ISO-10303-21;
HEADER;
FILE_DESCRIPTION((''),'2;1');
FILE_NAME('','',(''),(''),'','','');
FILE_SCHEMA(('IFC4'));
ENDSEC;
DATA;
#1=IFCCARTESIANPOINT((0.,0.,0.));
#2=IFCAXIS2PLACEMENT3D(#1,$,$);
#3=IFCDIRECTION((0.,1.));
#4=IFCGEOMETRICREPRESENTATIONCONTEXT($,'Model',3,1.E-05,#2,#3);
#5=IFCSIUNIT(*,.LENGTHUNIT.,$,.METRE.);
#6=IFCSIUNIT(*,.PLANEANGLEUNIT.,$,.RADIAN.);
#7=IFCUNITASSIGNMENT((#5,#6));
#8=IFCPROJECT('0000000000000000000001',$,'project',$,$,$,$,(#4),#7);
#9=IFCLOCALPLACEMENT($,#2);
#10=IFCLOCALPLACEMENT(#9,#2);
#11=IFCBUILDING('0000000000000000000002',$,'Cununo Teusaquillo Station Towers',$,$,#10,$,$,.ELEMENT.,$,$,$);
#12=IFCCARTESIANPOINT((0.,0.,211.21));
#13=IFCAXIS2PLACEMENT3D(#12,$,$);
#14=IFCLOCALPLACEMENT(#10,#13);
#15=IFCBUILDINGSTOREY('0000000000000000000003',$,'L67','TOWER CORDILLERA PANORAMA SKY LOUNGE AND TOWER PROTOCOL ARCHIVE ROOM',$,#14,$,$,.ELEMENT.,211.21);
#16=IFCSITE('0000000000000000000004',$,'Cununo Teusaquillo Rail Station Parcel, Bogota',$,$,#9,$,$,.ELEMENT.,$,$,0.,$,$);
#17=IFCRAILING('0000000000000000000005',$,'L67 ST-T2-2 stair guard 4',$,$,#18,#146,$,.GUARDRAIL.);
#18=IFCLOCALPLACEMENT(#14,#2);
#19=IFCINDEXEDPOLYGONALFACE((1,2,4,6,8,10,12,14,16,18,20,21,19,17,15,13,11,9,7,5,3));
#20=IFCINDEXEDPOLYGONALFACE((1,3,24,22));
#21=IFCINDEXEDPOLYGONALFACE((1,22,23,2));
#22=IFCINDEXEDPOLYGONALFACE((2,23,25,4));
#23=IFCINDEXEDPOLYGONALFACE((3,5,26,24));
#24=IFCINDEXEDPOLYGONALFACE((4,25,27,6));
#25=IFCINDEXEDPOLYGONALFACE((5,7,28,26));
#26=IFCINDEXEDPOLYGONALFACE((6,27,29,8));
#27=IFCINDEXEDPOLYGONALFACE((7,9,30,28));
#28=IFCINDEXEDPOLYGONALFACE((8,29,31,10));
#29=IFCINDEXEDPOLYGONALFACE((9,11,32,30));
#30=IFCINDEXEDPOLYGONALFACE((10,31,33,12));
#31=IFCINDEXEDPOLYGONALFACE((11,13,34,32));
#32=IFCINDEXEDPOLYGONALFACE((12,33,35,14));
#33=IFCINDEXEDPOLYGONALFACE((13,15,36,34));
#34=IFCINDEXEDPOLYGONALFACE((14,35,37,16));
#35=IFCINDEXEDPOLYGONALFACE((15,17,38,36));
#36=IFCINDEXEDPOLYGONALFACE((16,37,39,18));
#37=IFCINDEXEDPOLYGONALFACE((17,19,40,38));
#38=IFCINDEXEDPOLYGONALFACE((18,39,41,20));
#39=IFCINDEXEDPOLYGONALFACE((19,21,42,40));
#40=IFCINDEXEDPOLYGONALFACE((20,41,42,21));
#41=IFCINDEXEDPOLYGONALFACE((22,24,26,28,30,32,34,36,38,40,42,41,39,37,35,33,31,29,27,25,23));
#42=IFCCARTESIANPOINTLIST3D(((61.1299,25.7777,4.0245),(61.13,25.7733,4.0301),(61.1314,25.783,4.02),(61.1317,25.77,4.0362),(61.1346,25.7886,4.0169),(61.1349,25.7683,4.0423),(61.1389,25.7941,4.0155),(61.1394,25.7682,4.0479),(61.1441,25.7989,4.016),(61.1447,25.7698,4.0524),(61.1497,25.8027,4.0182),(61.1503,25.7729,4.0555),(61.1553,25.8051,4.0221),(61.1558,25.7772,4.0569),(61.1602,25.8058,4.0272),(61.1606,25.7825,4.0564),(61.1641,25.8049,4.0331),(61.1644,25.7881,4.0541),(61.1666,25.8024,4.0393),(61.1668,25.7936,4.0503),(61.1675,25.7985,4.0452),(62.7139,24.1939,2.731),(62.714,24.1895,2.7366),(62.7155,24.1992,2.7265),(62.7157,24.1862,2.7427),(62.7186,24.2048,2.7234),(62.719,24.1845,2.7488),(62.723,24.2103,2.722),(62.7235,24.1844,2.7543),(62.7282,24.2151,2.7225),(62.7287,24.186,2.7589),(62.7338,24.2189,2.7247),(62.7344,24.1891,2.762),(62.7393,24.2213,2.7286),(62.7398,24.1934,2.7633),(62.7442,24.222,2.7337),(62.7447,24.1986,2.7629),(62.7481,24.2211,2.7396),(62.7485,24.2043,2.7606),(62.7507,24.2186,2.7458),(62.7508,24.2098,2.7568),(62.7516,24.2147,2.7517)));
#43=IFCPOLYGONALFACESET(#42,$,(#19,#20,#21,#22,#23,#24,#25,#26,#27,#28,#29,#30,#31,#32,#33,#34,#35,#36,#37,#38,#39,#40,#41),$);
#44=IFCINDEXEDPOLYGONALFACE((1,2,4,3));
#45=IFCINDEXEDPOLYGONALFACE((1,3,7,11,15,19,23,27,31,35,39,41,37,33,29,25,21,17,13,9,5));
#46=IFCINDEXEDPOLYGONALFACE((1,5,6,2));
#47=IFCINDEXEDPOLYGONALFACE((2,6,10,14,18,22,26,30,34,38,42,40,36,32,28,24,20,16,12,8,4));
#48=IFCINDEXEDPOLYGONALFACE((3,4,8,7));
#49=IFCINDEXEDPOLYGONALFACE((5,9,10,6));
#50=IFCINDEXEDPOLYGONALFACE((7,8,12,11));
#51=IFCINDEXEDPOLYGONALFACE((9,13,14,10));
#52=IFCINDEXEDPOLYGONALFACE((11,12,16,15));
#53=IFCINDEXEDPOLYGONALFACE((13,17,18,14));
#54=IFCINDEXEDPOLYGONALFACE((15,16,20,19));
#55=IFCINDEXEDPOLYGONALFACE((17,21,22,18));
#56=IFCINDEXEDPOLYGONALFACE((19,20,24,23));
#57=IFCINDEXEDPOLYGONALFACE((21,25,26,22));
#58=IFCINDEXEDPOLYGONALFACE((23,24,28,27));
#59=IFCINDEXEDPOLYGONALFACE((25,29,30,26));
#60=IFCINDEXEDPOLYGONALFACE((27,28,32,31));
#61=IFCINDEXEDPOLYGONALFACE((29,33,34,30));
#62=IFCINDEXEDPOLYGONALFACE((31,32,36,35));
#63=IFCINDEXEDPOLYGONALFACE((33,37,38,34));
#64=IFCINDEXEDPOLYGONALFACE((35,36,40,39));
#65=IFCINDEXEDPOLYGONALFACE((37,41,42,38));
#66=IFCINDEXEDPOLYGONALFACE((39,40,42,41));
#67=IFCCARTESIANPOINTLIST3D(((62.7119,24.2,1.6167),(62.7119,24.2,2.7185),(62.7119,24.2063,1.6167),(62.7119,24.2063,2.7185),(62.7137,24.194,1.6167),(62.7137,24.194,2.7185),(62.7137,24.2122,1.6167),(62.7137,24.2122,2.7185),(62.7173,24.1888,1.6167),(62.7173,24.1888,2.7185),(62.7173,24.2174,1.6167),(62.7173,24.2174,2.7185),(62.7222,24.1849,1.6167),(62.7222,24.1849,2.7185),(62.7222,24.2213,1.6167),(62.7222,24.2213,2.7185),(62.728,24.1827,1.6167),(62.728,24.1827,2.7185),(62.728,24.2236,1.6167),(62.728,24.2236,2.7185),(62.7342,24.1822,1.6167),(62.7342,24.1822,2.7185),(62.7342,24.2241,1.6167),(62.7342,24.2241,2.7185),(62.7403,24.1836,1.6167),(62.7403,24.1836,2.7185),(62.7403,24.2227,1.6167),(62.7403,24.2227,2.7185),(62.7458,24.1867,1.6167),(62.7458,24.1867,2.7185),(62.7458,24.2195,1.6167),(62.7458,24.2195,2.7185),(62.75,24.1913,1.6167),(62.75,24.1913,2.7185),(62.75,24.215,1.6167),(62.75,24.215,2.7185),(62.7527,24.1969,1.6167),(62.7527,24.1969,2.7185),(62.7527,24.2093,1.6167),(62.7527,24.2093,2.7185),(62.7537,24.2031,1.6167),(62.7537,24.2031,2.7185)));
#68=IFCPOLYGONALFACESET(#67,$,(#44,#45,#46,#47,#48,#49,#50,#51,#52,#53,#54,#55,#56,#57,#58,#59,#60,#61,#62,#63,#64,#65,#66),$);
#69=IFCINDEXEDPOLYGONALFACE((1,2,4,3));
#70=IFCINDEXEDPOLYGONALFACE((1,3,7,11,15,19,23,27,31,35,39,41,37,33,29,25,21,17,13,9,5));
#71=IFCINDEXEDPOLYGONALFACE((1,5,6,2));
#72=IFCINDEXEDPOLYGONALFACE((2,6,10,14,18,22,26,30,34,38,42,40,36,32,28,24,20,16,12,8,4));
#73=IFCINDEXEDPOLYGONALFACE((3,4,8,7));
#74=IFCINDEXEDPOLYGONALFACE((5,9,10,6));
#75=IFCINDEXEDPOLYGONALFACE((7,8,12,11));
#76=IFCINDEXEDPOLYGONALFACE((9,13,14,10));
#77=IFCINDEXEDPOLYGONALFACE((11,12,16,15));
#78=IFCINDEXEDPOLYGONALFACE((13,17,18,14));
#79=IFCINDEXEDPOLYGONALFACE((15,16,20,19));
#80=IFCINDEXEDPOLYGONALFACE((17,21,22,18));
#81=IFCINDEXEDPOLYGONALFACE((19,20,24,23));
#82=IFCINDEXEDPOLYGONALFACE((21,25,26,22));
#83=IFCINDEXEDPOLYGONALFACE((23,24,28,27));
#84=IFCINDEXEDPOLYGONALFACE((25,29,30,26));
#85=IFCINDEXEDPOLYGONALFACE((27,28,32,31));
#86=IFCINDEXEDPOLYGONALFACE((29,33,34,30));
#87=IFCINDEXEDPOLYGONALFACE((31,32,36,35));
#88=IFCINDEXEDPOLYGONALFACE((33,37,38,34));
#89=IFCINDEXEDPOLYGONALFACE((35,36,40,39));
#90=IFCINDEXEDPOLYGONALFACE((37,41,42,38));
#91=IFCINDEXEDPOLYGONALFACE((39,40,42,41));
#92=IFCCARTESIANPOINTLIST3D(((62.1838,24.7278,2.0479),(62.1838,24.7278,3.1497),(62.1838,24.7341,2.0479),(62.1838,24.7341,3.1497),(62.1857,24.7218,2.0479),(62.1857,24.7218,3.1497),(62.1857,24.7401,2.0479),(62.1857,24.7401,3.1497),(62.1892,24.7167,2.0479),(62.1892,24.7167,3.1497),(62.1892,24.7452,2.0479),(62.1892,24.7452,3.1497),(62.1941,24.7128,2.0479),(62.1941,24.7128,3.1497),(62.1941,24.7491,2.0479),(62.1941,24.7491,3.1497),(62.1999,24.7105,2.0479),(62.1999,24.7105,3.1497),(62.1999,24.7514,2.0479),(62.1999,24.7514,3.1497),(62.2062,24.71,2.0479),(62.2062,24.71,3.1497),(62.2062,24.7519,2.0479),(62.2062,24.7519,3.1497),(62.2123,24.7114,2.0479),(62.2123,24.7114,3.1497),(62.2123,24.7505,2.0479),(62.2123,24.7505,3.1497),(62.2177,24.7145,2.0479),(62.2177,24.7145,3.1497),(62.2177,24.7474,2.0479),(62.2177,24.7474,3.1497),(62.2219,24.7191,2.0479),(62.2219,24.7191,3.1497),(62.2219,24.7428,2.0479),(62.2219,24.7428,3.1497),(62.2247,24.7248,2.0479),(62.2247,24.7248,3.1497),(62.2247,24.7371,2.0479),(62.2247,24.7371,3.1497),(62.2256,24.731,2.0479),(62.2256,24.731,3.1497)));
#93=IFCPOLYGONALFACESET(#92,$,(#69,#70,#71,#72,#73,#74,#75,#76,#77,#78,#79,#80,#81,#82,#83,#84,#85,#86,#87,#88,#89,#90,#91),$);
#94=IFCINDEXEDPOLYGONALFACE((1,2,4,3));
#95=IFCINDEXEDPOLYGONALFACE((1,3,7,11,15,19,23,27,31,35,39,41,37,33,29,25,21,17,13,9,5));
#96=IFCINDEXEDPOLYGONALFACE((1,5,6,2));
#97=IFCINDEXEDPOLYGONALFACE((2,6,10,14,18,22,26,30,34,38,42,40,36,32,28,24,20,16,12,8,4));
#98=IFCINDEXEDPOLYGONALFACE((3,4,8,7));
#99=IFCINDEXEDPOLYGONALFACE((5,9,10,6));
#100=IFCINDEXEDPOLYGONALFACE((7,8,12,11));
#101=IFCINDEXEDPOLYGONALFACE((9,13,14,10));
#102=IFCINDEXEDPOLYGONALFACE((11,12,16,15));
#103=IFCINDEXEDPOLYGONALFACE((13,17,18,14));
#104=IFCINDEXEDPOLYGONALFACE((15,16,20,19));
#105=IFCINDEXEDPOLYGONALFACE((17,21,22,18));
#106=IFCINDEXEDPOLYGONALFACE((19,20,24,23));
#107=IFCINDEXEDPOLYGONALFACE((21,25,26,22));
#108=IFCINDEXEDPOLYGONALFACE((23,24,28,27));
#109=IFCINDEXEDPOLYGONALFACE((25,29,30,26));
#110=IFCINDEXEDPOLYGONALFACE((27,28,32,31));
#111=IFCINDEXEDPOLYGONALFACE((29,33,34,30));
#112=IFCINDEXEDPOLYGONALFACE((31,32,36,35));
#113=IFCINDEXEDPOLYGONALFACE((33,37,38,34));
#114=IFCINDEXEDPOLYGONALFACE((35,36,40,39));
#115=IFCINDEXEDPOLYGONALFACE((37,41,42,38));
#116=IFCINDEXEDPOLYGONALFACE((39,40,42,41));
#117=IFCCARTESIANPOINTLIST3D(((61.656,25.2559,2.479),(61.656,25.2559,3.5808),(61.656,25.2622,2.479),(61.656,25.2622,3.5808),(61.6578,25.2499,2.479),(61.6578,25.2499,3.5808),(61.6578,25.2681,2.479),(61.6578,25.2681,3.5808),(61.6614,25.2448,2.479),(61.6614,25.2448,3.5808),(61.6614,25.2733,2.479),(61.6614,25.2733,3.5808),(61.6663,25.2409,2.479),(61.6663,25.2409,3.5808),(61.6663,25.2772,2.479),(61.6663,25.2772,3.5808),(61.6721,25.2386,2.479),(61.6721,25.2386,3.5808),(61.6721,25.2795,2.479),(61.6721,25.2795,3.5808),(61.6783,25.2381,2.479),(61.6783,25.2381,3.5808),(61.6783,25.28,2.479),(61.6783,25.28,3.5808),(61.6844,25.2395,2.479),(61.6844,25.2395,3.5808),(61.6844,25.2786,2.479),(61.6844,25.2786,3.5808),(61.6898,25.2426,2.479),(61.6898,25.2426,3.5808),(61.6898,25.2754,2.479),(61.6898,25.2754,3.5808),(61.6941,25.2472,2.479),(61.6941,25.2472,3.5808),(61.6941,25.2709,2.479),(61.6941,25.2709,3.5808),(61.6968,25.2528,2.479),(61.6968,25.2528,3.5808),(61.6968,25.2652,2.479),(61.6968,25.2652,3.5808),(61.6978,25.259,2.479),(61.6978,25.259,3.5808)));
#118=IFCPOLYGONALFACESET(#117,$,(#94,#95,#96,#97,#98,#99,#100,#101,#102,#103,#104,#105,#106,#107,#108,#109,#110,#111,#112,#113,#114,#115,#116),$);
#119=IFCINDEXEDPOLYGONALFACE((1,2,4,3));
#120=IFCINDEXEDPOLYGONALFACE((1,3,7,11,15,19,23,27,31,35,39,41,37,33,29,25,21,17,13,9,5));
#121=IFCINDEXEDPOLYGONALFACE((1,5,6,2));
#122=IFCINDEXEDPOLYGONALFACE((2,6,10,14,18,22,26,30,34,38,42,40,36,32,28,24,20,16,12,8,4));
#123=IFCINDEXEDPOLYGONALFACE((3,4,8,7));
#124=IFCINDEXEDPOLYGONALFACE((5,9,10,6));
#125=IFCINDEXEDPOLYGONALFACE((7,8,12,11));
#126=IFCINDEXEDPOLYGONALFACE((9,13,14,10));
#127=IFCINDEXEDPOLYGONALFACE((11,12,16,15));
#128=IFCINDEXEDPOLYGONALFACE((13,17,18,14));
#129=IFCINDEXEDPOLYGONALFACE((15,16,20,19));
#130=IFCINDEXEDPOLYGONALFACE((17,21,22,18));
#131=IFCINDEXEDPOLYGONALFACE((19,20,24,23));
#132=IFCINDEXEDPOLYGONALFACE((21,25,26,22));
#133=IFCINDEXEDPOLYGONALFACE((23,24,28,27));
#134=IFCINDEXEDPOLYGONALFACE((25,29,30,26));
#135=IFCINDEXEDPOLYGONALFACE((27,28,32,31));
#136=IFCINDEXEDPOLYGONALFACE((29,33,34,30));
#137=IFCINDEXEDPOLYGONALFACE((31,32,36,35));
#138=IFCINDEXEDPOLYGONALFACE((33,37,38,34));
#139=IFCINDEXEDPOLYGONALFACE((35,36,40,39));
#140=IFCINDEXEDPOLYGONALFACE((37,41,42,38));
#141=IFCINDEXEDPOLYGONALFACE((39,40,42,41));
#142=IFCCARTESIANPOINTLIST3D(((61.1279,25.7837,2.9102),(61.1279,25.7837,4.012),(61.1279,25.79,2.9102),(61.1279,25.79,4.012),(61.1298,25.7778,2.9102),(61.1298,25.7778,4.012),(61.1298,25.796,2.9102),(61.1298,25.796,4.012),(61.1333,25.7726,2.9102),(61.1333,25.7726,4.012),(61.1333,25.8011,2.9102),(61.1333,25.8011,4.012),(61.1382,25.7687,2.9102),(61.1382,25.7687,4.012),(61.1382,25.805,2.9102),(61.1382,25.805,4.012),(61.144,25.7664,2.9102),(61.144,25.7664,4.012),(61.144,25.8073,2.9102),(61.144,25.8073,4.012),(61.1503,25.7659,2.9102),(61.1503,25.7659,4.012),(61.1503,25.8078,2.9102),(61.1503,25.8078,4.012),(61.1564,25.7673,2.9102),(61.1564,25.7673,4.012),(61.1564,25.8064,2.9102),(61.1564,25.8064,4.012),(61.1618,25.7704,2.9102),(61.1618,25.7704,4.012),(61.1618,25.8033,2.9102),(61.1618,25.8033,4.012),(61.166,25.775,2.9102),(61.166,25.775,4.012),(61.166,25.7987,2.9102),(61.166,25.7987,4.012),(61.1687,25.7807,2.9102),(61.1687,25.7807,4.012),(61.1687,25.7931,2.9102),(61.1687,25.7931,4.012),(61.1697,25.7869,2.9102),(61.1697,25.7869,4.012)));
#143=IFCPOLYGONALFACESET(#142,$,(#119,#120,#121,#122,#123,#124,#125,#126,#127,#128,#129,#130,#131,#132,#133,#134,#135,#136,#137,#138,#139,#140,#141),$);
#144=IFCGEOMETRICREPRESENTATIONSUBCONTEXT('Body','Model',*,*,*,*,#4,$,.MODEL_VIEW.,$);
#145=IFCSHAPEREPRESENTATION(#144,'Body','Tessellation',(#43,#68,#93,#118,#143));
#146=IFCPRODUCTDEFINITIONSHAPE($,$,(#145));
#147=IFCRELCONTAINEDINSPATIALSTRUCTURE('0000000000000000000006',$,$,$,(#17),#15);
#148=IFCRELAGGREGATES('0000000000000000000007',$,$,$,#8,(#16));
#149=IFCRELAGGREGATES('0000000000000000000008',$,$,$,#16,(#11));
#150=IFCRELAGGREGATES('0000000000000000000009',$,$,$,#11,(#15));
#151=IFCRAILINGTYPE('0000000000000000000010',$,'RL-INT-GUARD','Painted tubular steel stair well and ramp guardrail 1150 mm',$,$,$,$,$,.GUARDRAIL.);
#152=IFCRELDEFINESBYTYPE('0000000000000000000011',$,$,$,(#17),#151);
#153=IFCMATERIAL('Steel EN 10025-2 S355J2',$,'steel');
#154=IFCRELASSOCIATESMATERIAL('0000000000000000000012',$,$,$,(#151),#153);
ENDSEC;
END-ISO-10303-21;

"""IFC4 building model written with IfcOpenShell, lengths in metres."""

from ifc_helpers import new_model, si_unit, direction, frame, origin, origin_2d, place, context, subcontext, project, spatial, circle, extrude, material, type_object, element, save


model = new_model("IFC4")

# Units and contexts
model_context = context("Model", 3, precision=1e-05, world=origin(), true_north=direction((0.0, 1.0)))
body_context = subcontext(model_context, "Body", "Model", "MODEL_VIEW")
ifc_project = project(units=[si_unit("LENGTHUNIT", "METRE"), si_unit("PLANEANGLEUNIT", "RADIAN")], contexts=[model_context])

# Site, building, storey
site_placement = place(None, origin())
site = spatial("IfcSite", under=ifc_project, at=site_placement, Name="Cununo Teusaquillo Rail Station Parcel, Bogota", CompositionType="ELEMENT", RefElevation=0.0)
building_placement = place(site_placement, origin())
building = spatial("IfcBuilding", under=site, at=building_placement, Name="Cununo Teusaquillo Station Towers", CompositionType="ELEMENT")
storey_placement = place(building_placement, frame((0.0, 0.0, 211.21)))
storey = spatial("IfcBuildingStorey", under=building, at=storey_placement, Name="L67", Description="TOWER CORDILLERA PANORAMA SKY LOUNGE AND TOWER PROTOCOL ARCHIVE ROOM", CompositionType="ELEMENT", Elevation=211.21)

# Railing
ifc_material_1 = material(Name="Steel EN 10025-2 S355J2", Category="steel")
railing_type_1 = type_object("IfcRailingType", Name="RL-INT-GUARD", Description="Painted tubular steel stair well and ramp guardrail 1150 mm", PredefinedType="GUARDRAIL", material=ifc_material_1)
railing_1_placement = place(storey_placement, frame((62.7327, 24.2031, 1.6167)))
element("IfcRailing", 1, at=railing_1_placement, inside=storey, type_object=railing_type_1, Name="L67 ST-T2-2 stair guard 4", PredefinedType="GUARDRAIL", context=body_context, shape_type="SweptSolid", body=[
    extrude(circle(Radius=0.0239, at=origin_2d()), frame((0.0, 0.0, 1.126), z_axis=(-0.612391, 0.612297, 0.500069), x_axis=(-0.707052, -0.707161, 0.0)), (0.0, 0.0, 1.0), 2.5867),
    extrude(circle(Radius=0.021, at=origin_2d()), origin(), (0.0, 0.0, 1.0), 1.1018),
    extrude(circle(Radius=0.021, at=origin_2d()), frame((-0.5281, 0.5278, 0.4312)), (0.0, 0.0, 1.0), 1.1018),
    extrude(circle(Radius=0.021, at=origin_2d()), frame((-1.0559, 1.0559, 0.8623)), (0.0, 0.0, 1.0), 1.1018),
    extrude(circle(Radius=0.021, at=origin_2d()), frame((-1.584, 1.5837, 1.2935)), (0.0, 0.0, 1.0), 1.1018),
])

save(model, "model.ifc")
